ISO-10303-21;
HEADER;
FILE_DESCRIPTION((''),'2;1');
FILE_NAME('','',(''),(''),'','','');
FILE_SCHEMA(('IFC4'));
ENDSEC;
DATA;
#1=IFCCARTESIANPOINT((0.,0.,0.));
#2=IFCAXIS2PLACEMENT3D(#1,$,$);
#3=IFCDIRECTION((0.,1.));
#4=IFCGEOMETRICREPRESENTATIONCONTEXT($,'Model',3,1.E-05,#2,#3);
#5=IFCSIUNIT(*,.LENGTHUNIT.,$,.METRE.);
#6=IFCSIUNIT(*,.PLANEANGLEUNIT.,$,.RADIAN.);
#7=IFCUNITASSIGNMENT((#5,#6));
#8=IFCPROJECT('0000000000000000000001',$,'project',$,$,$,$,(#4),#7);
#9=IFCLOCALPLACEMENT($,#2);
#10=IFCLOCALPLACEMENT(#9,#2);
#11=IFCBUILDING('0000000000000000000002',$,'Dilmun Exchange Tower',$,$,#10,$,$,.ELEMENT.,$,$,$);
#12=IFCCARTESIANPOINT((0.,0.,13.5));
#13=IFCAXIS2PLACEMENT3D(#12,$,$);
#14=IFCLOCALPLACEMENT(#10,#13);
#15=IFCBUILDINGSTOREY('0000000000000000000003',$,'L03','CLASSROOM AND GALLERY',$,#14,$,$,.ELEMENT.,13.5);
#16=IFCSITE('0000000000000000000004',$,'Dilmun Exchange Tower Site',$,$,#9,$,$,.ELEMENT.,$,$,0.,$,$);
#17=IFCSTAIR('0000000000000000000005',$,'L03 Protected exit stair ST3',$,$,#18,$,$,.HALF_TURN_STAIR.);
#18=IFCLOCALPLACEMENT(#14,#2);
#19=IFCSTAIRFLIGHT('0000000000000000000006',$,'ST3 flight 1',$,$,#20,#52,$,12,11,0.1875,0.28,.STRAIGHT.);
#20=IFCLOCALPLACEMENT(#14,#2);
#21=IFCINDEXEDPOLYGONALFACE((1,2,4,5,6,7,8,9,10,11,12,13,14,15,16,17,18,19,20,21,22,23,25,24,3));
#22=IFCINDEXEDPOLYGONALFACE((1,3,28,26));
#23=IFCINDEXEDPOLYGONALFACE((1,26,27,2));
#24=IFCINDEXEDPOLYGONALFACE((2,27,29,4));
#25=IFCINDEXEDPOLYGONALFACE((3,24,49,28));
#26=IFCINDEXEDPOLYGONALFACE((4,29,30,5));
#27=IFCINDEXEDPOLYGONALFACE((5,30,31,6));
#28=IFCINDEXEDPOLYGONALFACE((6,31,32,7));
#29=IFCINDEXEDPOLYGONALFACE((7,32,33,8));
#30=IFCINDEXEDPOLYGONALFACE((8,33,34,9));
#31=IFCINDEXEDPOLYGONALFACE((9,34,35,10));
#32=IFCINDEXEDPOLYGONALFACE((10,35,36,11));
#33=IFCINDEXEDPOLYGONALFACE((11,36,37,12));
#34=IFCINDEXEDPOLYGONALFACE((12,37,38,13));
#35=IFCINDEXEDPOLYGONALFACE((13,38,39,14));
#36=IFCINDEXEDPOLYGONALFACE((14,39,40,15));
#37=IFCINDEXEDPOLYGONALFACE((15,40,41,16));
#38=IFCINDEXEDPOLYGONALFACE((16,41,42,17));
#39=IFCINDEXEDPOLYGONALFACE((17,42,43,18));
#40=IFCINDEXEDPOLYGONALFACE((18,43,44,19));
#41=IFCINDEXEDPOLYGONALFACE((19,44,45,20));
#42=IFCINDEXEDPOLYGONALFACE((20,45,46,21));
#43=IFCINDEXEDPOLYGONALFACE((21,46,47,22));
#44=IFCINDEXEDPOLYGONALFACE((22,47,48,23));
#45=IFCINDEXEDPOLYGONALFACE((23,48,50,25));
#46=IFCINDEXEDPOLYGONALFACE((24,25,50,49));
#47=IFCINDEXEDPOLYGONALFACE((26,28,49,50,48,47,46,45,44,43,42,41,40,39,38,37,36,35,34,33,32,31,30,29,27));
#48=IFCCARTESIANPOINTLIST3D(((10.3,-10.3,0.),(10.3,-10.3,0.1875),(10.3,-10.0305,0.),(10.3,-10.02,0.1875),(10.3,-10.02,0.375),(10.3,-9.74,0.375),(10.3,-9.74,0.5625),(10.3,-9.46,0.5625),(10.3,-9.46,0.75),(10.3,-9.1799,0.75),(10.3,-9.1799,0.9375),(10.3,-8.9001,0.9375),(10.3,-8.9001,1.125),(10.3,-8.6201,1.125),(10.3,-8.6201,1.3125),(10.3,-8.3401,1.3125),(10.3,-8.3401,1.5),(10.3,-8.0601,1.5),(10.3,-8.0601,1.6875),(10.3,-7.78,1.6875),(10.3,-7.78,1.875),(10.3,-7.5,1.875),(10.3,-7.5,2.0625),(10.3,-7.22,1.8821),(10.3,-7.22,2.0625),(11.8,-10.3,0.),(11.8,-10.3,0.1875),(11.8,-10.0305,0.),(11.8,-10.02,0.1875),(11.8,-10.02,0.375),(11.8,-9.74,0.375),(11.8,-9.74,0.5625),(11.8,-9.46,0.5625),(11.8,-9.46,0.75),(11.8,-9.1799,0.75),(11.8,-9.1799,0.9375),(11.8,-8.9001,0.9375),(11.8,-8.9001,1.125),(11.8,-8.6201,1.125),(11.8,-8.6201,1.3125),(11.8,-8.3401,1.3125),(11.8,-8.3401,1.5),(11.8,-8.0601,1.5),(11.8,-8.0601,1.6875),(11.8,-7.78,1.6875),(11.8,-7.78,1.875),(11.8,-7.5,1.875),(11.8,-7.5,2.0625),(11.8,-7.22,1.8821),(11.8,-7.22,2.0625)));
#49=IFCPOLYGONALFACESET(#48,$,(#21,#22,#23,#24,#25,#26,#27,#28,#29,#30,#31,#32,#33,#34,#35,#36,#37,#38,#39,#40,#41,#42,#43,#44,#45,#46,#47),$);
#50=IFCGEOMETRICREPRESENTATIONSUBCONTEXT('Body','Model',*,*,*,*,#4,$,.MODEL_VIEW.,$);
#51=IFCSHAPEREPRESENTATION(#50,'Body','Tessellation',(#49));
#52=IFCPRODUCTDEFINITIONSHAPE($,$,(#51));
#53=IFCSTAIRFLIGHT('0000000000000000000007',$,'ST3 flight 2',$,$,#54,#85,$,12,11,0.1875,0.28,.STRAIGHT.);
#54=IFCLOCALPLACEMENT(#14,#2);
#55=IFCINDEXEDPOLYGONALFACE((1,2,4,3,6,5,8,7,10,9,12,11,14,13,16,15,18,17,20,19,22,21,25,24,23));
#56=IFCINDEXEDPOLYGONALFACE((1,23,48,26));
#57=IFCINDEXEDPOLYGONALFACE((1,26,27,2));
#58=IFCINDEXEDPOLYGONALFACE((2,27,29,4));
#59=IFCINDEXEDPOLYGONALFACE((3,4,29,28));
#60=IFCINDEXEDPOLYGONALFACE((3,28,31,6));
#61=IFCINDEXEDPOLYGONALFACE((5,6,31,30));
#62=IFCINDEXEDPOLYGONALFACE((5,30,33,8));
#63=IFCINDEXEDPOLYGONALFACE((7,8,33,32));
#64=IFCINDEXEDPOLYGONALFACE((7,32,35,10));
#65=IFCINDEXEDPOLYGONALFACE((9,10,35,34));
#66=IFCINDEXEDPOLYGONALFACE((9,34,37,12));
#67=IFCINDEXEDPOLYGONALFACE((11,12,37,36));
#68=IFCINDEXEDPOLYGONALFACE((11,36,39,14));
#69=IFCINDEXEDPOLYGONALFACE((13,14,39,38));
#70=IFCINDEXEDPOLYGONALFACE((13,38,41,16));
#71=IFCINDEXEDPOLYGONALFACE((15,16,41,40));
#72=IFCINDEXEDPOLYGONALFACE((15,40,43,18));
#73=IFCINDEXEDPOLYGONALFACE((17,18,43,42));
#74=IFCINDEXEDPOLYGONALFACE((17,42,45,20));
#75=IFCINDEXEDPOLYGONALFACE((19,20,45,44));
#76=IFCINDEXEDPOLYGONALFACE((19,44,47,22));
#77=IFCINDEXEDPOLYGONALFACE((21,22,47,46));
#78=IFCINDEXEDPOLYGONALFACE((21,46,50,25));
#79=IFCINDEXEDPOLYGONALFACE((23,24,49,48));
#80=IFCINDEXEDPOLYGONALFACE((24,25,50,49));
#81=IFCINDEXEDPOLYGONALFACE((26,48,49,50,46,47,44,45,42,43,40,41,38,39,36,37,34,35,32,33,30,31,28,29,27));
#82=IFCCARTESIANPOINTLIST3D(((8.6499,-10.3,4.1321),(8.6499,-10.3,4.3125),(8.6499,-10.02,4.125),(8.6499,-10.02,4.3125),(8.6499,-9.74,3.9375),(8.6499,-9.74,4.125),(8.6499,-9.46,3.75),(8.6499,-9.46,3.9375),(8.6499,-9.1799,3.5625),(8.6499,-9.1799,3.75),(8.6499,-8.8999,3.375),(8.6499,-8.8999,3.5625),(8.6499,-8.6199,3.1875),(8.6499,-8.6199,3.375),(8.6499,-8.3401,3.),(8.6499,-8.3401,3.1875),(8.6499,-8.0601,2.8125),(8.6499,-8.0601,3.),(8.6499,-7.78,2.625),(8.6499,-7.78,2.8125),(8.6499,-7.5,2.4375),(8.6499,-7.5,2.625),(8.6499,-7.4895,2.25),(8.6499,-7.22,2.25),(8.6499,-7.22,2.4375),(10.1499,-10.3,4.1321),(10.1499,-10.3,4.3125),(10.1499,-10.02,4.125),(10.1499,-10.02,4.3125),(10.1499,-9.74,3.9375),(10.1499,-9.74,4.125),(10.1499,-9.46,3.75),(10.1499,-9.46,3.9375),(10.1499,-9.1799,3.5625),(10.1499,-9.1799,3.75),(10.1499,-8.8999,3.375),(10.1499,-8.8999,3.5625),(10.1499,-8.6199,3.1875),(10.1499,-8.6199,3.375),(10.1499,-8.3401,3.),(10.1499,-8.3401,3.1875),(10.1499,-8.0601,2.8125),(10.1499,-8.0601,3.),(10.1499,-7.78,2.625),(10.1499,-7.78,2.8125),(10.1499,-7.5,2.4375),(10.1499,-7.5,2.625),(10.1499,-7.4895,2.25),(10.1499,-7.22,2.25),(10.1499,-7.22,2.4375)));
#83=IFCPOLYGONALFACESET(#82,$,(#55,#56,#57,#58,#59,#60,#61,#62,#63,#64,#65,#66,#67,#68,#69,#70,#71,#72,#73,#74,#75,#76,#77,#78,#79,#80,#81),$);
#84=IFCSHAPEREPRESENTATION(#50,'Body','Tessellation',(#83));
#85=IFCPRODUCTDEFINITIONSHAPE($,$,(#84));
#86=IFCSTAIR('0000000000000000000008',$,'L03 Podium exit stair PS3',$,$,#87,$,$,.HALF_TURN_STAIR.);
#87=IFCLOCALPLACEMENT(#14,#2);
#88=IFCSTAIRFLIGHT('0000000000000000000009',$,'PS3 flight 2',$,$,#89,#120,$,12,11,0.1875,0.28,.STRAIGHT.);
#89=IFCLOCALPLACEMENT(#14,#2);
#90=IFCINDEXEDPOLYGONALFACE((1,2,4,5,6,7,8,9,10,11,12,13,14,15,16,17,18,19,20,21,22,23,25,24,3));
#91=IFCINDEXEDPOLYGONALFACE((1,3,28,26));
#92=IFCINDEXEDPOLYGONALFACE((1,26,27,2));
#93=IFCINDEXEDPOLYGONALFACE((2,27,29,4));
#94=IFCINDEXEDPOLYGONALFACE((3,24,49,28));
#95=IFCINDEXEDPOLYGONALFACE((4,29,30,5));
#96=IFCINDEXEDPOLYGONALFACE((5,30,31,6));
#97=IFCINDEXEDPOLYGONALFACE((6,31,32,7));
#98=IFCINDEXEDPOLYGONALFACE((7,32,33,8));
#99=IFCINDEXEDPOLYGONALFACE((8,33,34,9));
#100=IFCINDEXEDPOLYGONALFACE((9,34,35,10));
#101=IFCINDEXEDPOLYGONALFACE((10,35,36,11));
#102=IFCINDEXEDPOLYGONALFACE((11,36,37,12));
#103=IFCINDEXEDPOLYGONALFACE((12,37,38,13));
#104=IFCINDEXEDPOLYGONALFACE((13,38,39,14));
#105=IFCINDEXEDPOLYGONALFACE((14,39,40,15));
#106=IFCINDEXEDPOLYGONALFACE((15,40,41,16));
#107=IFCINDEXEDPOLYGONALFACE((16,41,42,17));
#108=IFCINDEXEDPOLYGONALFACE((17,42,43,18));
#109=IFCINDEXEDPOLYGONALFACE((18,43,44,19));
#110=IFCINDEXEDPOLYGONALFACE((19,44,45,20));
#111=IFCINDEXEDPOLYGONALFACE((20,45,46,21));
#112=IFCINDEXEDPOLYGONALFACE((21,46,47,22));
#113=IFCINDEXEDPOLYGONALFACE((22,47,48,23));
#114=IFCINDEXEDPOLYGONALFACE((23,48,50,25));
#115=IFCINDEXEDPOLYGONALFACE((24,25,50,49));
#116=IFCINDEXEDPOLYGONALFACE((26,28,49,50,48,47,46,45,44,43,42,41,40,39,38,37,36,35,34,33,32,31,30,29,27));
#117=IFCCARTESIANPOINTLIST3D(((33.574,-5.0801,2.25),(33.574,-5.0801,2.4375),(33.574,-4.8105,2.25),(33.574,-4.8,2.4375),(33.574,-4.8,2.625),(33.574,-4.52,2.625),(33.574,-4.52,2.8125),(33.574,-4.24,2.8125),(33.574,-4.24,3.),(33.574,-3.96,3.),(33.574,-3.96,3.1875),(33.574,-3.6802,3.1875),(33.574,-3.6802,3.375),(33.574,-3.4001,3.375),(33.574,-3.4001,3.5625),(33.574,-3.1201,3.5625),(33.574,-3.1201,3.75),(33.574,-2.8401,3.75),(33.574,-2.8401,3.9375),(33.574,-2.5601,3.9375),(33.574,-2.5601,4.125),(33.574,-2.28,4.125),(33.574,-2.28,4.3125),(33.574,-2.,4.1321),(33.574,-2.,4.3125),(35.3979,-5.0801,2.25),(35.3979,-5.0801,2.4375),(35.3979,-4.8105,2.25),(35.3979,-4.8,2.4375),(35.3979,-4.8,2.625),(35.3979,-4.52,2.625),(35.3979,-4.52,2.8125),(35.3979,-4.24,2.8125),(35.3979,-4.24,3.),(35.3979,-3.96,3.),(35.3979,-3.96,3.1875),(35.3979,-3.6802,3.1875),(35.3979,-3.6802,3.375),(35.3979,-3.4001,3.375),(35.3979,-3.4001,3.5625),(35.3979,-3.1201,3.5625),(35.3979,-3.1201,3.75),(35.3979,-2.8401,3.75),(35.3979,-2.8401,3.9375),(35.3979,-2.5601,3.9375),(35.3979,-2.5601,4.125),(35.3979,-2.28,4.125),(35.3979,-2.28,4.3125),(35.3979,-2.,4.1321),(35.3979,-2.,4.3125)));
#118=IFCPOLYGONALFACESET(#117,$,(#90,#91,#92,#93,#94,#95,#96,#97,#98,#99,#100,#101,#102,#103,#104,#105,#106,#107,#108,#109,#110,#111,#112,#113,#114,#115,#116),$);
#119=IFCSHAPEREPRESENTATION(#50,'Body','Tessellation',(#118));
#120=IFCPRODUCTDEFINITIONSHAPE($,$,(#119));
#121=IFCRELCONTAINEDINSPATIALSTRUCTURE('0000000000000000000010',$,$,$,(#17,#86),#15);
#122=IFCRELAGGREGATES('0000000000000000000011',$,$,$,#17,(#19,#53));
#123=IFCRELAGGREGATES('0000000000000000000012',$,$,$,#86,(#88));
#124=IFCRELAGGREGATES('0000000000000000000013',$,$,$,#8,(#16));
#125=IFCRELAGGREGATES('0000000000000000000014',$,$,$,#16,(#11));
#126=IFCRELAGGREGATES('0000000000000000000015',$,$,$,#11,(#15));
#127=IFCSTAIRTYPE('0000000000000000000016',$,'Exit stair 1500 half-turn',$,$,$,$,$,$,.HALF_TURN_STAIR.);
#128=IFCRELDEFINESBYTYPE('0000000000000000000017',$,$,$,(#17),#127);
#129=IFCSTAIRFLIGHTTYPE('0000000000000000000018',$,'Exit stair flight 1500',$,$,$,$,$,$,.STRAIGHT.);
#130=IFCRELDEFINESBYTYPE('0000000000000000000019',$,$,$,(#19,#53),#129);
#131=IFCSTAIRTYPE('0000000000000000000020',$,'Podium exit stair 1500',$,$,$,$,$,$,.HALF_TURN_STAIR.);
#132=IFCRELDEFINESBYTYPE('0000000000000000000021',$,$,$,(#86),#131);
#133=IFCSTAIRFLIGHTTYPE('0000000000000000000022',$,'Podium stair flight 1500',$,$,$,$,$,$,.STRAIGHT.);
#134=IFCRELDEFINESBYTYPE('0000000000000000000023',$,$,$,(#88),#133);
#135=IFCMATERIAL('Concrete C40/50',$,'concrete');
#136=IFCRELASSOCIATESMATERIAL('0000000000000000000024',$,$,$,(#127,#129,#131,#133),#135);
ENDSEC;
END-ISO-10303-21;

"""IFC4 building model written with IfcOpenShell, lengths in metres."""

from ifc_helpers import new_model, si_unit, direction, frame, origin, place, context, subcontext, project, spatial, polyline, outline, extrude, material, type_object, element, aggregate, save


model = new_model("IFC4")

# Units and contexts
model_context = context("Model", 3, precision=1e-05, world=origin(), true_north=direction((0.0, 1.0)))
body_context = subcontext(model_context, "Body", "Model", "MODEL_VIEW")
ifc_project = project(units=[si_unit("LENGTHUNIT", "METRE"), si_unit("PLANEANGLEUNIT", "RADIAN")], contexts=[model_context])

# Site, building, storey
site_placement = place(None, origin())
site = spatial("IfcSite", under=ifc_project, at=site_placement, Name="Dilmun Exchange Tower Site", CompositionType="ELEMENT", RefElevation=0.0)
building_placement = place(site_placement, origin())
building = spatial("IfcBuilding", under=site, at=building_placement, Name="Dilmun Exchange Tower", CompositionType="ELEMENT")
storey_placement = place(building_placement, frame((0.0, 0.0, 13.5)))
storey = spatial("IfcBuildingStorey", under=building, at=storey_placement, Name="L03", Description="CLASSROOM AND GALLERY", CompositionType="ELEMENT", Elevation=13.5)

# Shared definitions
ifc_material_1 = material(Name="Concrete C40/50", Category="concrete")

# Stair, stair flights
stair_type_1 = type_object("IfcStairType", Name="Exit stair 1500 half-turn", PredefinedType="HALF_TURN_STAIR", material=ifc_material_1)
stair_1_placement = place(storey_placement, origin())
stair_1 = element("IfcStair", 1, at=stair_1_placement, inside=storey, type_object=stair_type_1, Name="L03 Protected exit stair ST3", PredefinedType="HALF_TURN_STAIR")
stair_flight_type_1 = type_object("IfcStairFlightType", Name="Exit stair flight 1500", PredefinedType="STRAIGHT", material=ifc_material_1)
stair_flight_1_placement = place(storey_placement, frame((11.05, -10.3, 0.0), z_axis=(0.0, 0.0, 1.0), x_axis=(0.0, 1.0, 0.0)))
stair_flight_1 = element("IfcStairFlight", 2, at=stair_flight_1_placement, type_object=stair_flight_type_1, Name="ST3 flight 1", NumberOfRisers=12, NumberOfTreads=11, PredefinedType="STRAIGHT", RiserHeight=0.1875, TreadLength=0.28, context=body_context, shape_type="SweptSolid", body=[
    extrude(outline(polyline([(0.0, 0.0), (0.0, 0.1875), (0.28, 0.1875), (0.28, 0.375), (0.5601, 0.375), (0.5601, 0.5625), (0.8401, 0.5625), (0.8401, 0.75), (1.1201, 0.75), (1.1201, 0.9375), (1.3999, 0.9375), (1.3999, 1.125), (1.6799, 1.125), (1.6799, 1.3125), (1.96, 1.3125), (1.96, 1.5), (2.24, 1.5), (2.24, 1.6875), (2.52, 1.6875), (2.52, 1.875), (2.8, 1.875), (2.8, 2.0625), (3.0801, 2.0625), (3.0801, 2.25), (3.0801, 1.8821), (0.2695, 0.0), (0.0, 0.0)])), frame((0.0, 0.75, 0.0), z_axis=(0.0, -1.0, 0.0), x_axis=(1.0, 0.0, 0.0)), (0.0, 0.0, 1.0), 1.5),
])
stair_flight_2_placement = place(storey_placement, frame((9.3999, -7.22, 2.25), z_axis=(0.0, 0.0, 1.0), x_axis=(0.0, -1.0, 0.0)))
stair_flight_2 = element("IfcStairFlight", 3, at=stair_flight_2_placement, type_object=stair_flight_type_1, Name="ST3 flight 2", NumberOfRisers=12, NumberOfTreads=11, PredefinedType="STRAIGHT", RiserHeight=0.1875, TreadLength=0.28, context=body_context, shape_type="SweptSolid", body=[
    extrude(outline(polyline([(0.0, 0.0), (0.0, 0.1875), (0.28, 0.1875), (0.28, 0.375), (0.5601, 0.375), (0.5601, 0.5625), (0.8401, 0.5625), (0.8401, 0.75), (1.1201, 0.75), (1.1201, 0.9375), (1.3999, 0.9375), (1.3999, 1.125), (1.6799, 1.125), (1.6799, 1.3125), (1.96, 1.3125), (1.96, 1.5), (2.24, 1.5), (2.24, 1.6875), (2.52, 1.6875), (2.52, 1.875), (2.8, 1.875), (2.8, 2.0625), (3.0801, 2.0625), (3.0801, 2.25), (3.0801, 1.8821), (0.2695, 0.0), (0.0, 0.0)])), frame((0.0, 0.75, 0.0), z_axis=(0.0, -1.0, 0.0), x_axis=(1.0, 0.0, 0.0)), (0.0, 0.0, 1.0), 1.5),
])
aggregate(stair_1, [stair_flight_1, stair_flight_2])

# Stair, stair flight
stair_type_2 = type_object("IfcStairType", Name="Podium exit stair 1500", PredefinedType="HALF_TURN_STAIR", material=ifc_material_1)
stair_2_placement = place(storey_placement, origin())
stair_2 = element("IfcStair", 4, at=stair_2_placement, inside=storey, type_object=stair_type_2, Name="L03 Podium exit stair PS3", PredefinedType="HALF_TURN_STAIR")
stair_flight_type_2 = type_object("IfcStairFlightType", Name="Podium stair flight 1500", PredefinedType="STRAIGHT", material=ifc_material_1)
stair_flight_3_placement = place(storey_placement, frame((34.4861, -5.0801, 2.25), z_axis=(0.0, 0.0, 1.0), x_axis=(0.0, 1.0, 0.0)))
stair_flight_3 = element("IfcStairFlight", 5, at=stair_flight_3_placement, type_object=stair_flight_type_2, Name="PS3 flight 2", NumberOfRisers=12, NumberOfTreads=11, PredefinedType="STRAIGHT", RiserHeight=0.1875, TreadLength=0.28, context=body_context, shape_type="SweptSolid", body=[
    extrude(outline(polyline([(0.0, 0.0), (0.0, 0.1875), (0.28, 0.1875), (0.28, 0.375), (0.5601, 0.375), (0.5601, 0.5625), (0.8401, 0.5625), (0.8401, 0.75), (1.1201, 0.75), (1.1201, 0.9375), (1.3999, 0.9375), (1.3999, 1.125), (1.6799, 1.125), (1.6799, 1.3125), (1.96, 1.3125), (1.96, 1.5), (2.24, 1.5), (2.24, 1.6875), (2.52, 1.6875), (2.52, 1.875), (2.8, 1.875), (2.8, 2.0625), (3.0801, 2.0625), (3.0801, 2.25), (3.0801, 1.8821), (0.2695, 0.0), (0.0, 0.0)])), frame((0.0, 0.9121, 0.0), z_axis=(0.0, -1.0, 0.0), x_axis=(1.0, 0.0, 0.0)), (0.0, 0.0, 1.0), 1.824),
])
aggregate(stair_2, [stair_flight_3])

save(model, "model.ifc")
